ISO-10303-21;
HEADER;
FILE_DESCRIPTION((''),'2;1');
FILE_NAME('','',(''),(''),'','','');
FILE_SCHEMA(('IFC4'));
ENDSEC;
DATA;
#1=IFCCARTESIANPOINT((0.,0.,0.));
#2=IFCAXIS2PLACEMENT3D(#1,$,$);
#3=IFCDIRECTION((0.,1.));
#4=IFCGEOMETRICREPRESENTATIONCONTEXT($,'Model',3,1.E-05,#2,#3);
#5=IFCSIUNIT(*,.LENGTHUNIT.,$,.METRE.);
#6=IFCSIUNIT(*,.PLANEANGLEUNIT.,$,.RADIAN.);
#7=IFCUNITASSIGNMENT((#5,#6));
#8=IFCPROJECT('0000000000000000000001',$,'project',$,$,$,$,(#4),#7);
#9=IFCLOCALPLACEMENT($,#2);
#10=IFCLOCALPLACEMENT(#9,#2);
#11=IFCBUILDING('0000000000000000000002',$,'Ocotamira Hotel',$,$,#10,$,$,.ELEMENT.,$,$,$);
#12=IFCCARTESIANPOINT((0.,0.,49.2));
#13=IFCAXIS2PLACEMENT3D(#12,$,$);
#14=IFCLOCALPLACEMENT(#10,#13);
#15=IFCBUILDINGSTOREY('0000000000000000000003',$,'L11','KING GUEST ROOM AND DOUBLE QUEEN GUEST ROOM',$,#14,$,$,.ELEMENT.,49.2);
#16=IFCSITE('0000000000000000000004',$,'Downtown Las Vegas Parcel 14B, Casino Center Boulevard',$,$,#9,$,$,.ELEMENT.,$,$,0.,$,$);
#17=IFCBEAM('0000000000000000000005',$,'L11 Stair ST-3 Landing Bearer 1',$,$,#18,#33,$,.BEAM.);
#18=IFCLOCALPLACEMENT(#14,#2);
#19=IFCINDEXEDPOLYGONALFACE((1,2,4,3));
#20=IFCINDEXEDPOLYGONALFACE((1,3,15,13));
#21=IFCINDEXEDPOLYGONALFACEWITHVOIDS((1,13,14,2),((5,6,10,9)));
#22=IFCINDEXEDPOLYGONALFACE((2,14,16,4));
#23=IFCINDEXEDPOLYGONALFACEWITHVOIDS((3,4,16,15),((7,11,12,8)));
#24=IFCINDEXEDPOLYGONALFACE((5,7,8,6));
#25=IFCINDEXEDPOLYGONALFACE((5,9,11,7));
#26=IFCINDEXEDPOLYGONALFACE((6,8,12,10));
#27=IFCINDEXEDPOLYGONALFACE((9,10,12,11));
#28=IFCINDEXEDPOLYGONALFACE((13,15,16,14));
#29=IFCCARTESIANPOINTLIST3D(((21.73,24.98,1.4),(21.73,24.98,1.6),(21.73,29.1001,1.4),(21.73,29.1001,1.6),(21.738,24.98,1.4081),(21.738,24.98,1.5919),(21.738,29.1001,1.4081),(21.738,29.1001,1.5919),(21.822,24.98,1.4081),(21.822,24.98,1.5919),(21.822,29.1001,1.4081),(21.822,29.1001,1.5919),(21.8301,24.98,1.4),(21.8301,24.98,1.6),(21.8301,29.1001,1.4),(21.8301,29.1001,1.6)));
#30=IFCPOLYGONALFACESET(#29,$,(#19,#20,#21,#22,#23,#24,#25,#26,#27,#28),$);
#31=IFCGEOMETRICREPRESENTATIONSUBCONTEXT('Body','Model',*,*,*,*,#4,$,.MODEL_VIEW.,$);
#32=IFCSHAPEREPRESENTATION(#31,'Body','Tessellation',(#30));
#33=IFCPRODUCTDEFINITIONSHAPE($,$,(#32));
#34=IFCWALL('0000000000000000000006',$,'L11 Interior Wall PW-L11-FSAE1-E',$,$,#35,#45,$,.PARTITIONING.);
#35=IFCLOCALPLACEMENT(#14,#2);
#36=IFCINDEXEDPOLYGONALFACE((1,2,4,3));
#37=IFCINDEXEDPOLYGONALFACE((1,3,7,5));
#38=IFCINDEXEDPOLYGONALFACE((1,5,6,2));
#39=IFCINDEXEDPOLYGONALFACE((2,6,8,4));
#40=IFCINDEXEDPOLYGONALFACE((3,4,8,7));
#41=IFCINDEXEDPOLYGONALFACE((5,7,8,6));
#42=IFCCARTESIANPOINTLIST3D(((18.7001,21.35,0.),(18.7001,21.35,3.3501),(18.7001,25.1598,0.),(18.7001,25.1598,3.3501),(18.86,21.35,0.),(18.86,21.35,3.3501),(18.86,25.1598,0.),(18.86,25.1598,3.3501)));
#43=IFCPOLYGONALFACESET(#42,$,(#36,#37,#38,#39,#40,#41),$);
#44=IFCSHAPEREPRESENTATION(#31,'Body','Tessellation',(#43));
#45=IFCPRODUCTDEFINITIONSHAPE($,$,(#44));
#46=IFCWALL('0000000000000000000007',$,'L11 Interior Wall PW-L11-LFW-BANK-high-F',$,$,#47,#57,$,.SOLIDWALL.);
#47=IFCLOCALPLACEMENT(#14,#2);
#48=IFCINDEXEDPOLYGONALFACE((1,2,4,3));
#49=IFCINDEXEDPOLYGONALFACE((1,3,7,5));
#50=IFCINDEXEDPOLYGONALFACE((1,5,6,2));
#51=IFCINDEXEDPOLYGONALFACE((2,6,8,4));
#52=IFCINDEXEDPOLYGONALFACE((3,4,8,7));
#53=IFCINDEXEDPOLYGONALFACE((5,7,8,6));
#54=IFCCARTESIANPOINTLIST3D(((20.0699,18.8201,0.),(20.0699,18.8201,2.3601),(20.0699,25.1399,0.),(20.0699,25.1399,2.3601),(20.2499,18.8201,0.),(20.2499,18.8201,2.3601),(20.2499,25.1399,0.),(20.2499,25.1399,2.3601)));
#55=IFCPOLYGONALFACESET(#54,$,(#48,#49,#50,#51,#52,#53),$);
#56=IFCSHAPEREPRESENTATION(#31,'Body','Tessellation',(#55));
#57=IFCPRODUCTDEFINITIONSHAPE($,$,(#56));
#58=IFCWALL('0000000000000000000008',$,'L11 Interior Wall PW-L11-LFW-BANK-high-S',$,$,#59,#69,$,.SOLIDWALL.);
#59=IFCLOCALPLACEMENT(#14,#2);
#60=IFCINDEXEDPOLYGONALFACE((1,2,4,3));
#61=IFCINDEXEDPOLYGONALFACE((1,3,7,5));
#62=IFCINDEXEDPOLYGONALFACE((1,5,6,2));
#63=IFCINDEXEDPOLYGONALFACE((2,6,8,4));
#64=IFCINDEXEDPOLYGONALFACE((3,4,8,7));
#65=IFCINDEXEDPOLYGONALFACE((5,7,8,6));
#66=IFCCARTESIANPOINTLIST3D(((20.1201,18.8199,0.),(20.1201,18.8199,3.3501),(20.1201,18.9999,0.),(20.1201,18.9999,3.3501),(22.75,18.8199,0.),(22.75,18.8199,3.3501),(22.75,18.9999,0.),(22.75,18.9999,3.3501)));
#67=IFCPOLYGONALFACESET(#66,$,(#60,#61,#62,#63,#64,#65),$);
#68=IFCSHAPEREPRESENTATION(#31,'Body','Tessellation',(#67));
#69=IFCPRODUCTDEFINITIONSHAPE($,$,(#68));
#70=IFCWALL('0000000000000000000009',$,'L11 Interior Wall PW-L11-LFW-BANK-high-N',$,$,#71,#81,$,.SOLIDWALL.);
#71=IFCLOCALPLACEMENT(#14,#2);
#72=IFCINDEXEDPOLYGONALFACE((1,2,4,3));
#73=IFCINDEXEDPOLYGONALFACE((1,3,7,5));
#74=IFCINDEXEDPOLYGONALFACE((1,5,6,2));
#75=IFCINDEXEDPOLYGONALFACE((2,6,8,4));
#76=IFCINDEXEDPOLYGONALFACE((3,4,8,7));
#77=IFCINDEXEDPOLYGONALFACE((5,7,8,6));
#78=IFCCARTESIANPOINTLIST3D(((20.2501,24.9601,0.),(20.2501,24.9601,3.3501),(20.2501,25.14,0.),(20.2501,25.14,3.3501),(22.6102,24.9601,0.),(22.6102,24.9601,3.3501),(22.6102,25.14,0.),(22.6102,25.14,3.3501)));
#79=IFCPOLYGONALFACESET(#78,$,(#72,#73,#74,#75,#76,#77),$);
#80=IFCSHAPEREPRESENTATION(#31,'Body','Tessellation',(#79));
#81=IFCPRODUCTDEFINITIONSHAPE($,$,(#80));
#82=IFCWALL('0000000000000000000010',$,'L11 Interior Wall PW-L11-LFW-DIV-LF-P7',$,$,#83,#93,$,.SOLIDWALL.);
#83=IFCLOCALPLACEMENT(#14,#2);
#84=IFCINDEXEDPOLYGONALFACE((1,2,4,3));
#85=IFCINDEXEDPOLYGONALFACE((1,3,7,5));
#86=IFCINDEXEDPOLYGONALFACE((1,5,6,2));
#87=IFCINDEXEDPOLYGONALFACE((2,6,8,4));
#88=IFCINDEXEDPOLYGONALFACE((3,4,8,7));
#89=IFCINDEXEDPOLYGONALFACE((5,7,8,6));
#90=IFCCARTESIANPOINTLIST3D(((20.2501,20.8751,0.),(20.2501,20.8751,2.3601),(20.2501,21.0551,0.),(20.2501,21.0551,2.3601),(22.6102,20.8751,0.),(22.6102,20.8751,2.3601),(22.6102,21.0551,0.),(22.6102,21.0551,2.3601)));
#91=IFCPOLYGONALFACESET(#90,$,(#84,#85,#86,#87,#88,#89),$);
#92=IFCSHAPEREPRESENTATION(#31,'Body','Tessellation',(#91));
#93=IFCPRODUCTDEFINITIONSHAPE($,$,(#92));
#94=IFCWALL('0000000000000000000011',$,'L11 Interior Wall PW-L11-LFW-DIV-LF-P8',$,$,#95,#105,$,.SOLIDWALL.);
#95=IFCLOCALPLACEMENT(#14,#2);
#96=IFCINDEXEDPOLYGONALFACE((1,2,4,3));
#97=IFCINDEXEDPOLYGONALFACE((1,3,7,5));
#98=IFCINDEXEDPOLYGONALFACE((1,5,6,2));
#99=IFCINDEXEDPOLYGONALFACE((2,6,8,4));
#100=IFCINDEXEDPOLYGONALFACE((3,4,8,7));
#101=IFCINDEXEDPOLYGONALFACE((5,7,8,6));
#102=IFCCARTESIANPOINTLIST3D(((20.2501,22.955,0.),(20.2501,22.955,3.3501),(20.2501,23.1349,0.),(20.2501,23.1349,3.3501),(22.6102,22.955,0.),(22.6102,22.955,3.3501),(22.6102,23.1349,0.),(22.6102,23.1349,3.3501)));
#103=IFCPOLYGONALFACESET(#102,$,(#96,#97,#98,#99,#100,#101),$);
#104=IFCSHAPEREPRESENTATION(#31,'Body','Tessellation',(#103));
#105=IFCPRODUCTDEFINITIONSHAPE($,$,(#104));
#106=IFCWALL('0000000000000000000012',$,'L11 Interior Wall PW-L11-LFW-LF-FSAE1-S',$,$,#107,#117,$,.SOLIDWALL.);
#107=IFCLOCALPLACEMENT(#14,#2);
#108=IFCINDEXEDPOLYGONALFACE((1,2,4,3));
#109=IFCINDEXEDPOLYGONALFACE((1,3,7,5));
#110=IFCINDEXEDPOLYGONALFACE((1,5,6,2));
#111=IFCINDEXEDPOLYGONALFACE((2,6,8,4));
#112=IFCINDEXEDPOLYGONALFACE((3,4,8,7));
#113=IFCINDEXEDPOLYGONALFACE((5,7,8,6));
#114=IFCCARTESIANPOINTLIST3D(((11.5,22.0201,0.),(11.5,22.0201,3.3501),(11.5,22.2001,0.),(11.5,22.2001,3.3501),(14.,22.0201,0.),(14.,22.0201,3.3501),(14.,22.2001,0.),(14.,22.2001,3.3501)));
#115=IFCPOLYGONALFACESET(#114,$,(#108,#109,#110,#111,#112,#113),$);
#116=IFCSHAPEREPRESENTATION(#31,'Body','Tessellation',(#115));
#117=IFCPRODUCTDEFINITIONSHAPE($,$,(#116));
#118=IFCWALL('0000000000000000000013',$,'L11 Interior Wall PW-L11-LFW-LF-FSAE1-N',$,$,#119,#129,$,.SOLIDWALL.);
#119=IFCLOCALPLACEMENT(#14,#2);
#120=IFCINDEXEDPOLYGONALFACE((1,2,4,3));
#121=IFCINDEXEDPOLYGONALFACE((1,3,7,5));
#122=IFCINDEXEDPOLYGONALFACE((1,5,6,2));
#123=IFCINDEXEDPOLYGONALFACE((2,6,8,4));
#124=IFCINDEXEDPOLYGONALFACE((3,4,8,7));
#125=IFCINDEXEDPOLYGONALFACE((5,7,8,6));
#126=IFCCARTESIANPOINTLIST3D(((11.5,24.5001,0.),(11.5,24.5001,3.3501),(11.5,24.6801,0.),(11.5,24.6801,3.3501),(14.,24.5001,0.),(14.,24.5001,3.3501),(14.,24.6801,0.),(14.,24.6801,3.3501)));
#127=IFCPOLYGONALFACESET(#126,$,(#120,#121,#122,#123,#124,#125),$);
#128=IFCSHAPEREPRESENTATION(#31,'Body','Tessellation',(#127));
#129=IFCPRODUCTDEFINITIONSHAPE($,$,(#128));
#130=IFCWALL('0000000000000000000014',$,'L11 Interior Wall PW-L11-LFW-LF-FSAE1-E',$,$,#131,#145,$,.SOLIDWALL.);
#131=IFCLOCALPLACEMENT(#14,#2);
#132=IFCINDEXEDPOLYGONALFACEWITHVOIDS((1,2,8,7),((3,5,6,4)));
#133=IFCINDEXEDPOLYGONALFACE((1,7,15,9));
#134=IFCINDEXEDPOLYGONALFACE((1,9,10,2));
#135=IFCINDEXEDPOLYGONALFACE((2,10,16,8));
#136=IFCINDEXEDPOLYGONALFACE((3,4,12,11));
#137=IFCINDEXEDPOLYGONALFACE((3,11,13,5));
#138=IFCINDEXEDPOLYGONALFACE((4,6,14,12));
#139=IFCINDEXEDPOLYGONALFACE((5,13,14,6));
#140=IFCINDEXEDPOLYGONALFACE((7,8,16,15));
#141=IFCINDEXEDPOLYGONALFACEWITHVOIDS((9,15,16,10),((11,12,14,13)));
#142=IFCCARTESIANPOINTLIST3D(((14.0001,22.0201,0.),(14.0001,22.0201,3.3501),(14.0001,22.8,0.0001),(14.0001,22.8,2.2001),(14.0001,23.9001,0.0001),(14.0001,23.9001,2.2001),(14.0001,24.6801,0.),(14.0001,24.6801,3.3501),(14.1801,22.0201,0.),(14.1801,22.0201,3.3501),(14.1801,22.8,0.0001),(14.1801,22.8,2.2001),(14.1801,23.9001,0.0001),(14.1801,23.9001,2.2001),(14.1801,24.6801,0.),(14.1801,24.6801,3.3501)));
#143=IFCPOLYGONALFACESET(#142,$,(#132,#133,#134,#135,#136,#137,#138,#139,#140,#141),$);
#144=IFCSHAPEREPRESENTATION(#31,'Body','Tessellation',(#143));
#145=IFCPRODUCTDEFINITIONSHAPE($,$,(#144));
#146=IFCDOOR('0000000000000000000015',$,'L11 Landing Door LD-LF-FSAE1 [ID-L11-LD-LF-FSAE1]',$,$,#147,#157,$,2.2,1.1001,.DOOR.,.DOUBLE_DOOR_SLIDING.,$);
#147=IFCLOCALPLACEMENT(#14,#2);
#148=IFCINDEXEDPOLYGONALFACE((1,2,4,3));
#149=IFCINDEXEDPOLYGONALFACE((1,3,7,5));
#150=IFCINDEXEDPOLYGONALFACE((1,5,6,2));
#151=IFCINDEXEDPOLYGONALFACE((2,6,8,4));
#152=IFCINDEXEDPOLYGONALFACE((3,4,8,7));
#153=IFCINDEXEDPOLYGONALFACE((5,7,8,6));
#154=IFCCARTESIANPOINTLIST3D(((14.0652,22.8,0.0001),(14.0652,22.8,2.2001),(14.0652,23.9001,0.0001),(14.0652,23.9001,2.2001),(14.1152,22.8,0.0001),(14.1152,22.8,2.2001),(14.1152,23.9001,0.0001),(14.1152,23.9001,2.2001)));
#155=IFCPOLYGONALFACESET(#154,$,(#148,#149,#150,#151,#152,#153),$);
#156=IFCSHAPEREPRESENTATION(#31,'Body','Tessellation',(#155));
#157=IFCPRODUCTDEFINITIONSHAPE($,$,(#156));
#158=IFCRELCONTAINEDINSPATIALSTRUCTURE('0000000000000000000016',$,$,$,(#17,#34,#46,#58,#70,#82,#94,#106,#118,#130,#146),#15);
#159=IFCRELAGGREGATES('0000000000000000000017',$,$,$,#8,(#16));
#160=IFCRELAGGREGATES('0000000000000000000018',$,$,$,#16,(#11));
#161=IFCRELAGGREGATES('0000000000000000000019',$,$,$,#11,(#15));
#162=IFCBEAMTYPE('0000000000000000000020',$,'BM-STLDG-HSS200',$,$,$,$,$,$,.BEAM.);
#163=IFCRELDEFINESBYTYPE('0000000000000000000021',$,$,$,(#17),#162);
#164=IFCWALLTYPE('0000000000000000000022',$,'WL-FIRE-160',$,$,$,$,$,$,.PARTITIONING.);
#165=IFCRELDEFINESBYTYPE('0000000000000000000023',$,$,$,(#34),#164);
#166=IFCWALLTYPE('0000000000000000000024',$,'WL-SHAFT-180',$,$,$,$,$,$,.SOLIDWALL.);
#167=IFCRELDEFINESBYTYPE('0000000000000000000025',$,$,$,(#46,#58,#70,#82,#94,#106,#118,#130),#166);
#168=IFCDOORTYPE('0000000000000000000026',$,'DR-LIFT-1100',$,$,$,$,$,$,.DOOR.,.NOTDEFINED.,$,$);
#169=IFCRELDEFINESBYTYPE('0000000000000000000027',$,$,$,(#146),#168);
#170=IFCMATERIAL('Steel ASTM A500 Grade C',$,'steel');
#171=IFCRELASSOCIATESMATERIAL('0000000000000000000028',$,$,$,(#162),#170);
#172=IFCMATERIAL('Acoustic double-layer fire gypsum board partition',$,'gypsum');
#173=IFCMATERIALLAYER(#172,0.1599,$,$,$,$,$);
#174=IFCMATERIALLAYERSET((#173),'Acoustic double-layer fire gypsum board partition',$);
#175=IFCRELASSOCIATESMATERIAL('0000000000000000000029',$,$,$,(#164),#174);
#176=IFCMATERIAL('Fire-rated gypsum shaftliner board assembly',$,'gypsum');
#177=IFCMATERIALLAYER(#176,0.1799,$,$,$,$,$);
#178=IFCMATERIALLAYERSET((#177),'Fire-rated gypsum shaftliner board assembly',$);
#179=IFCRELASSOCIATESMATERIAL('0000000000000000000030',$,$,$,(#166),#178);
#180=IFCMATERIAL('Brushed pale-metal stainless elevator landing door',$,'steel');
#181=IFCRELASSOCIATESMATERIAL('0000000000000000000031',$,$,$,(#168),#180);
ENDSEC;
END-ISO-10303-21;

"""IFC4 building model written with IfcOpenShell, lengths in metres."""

from ifc_helpers import new_model, si_unit, direction, frame, frame_2d, origin, origin_2d, place, context, subcontext, project, spatial, rectangle, hollow_rectangle, extrude, source, transform, mapped, material, layer, layer_set, material_profile, profile_set, type_object, element, fill, save


model = new_model("IFC4")

# Units and contexts
model_context = context("Model", 3, precision=1e-05, world=origin(), true_north=direction((0.0, 1.0)))
body_context = subcontext(model_context, "Body", "Model", "MODEL_VIEW")
ifc_project = project(units=[si_unit("LENGTHUNIT", "METRE"), si_unit("PLANEANGLEUNIT", "RADIAN")], contexts=[model_context])

# Site, building, storey
site_placement = place(None, origin())
site = spatial("IfcSite", under=ifc_project, at=site_placement, Name="Downtown Las Vegas Parcel 14B, Casino Center Boulevard", CompositionType="ELEMENT", RefElevation=0.0)
building_placement = place(site_placement, origin())
building = spatial("IfcBuilding", under=site, at=building_placement, Name="Ocotamira Hotel", CompositionType="ELEMENT")
storey_placement = place(building_placement, frame((0.0, 0.0, 49.2)))
storey = spatial("IfcBuildingStorey", under=building, at=storey_placement, Name="L11", Description="KING GUEST ROOM AND DOUBLE QUEEN GUEST ROOM", CompositionType="ELEMENT", Elevation=49.2)

# Beam
ifc_material_1 = material(Name="Steel ASTM A500 Grade C", Category="steel")
ifc_material_profile = material_profile(ifc_material_1, hollow_rectangle(XDim=0.1001, YDim=0.2, WallThickness=0.0081, at=origin_2d()), Name="HSS200X100X8")
ifc_profile_set = profile_set([ifc_material_profile], Name="Steel ASTM A500 Grade C")
beam_type = type_object("IfcBeamType", Name="BM-STLDG-HSS200", PredefinedType="BEAM", material=ifc_profile_set)
shared_shape_1 = source(origin(), body_context, "Body", "SweptSolid", [
    extrude(hollow_rectangle(XDim=0.1001, YDim=0.2, WallThickness=0.0081, at=origin_2d()), origin(), (0.0, 0.0, 1.0), 4.1201),
])
beam_placement = place(storey_placement, frame((21.78, 24.98, 1.5), z_axis=(0.0, 1.0, 0.0), x_axis=(-1.0, 0.0, 0.0)))
element("IfcBeam", 1, at=beam_placement, inside=storey, type_object=beam_type, Name="L11 Stair ST-3 Landing Bearer 1", PredefinedType="BEAM", context=body_context, shape_type="MappedRepresentation", body=[
    mapped(shared_shape_1, transform((0.0, 0.0, 0.0), scale=1.0)),
])

# Shared definitions
ifc_material_2 = material(Name="Acoustic double-layer fire gypsum board partition", Category="gypsum")
ifc_layer_1 = layer(ifc_material_2, 0.1599)
ifc_layer_set_1 = layer_set([ifc_layer_1], Name="Acoustic double-layer fire gypsum board partition")
wall_type_1 = type_object("IfcWallType", Name="WL-FIRE-160", PredefinedType="PARTITIONING", material=ifc_layer_set_1)

# Walls
wall_1_placement = place(storey_placement, frame((18.78, 21.3501, 0.0), z_axis=(0.0, 0.0, 1.0), x_axis=(0.0, 1.0, 0.0)))
element("IfcWall", 2, at=wall_1_placement, inside=storey, type_object=wall_type_1, Name="L11 Interior Wall PW-L11-FSAE1-E", PredefinedType="PARTITIONING", context=body_context, shape_type="SweptSolid", body=[
    extrude(rectangle(XDim=3.8098, YDim=0.1599, at=frame_2d((1.9048, 0.0))), origin(), (0.0, 0.0, 1.0), 3.3501),
])
ifc_material_3 = material(Name="Fire-rated gypsum shaftliner board assembly", Category="gypsum")
ifc_layer_2 = layer(ifc_material_3, 0.1799)
ifc_layer_set_2 = layer_set([ifc_layer_2], Name="Fire-rated gypsum shaftliner board assembly")
wall_type_2 = type_object("IfcWallType", Name="WL-SHAFT-180", PredefinedType="SOLIDWALL", material=ifc_layer_set_2)
wall_2_placement = place(storey_placement, frame((20.1599, 18.8201, 0.0), z_axis=(0.0, 0.0, 1.0), x_axis=(0.0, 1.0, 0.0)))
element("IfcWall", 3, at=wall_2_placement, inside=storey, type_object=wall_type_2, Name="L11 Interior Wall PW-L11-LFW-BANK-high-F", PredefinedType="SOLIDWALL", context=body_context, shape_type="SweptSolid", body=[
    extrude(rectangle(XDim=6.3198, YDim=0.1799, at=frame_2d((3.1599, 0.0))), origin(), (0.0, 0.0, 1.0), 2.3601),
])
wall_3_placement = place(storey_placement, frame((20.1201, 18.9099, 0.0), z_axis=(0.0, 0.0, 1.0), x_axis=(1.0, 0.0, 0.0)))
element("IfcWall", 4, at=wall_3_placement, inside=storey, type_object=wall_type_2, Name="L11 Interior Wall PW-L11-LFW-BANK-high-S", PredefinedType="SOLIDWALL", context=body_context, shape_type="SweptSolid", body=[
    extrude(rectangle(XDim=2.6299, YDim=0.1799, at=frame_2d((1.3149, 0.0))), origin(), (0.0, 0.0, 1.0), 3.3501),
])
wall_4_placement = place(storey_placement, frame((20.25, 25.05, 0.0), z_axis=(0.0, 0.0, 1.0), x_axis=(1.0, 0.0, 0.0)))
element("IfcWall", 5, at=wall_4_placement, inside=storey, type_object=wall_type_2, Name="L11 Interior Wall PW-L11-LFW-BANK-high-N", PredefinedType="SOLIDWALL", context=body_context, shape_type="SweptSolid", body=[
    extrude(rectangle(XDim=2.3601, YDim=0.1799, at=frame_2d((1.1802, 0.0))), origin(), (0.0, 0.0, 1.0), 3.3501),
])
wall_5_placement = place(storey_placement, frame((20.25, 20.9651, 0.0), z_axis=(0.0, 0.0, 1.0), x_axis=(1.0, 0.0, 0.0)))
element("IfcWall", 6, at=wall_5_placement, inside=storey, type_object=wall_type_2, Name="L11 Interior Wall PW-L11-LFW-DIV-LF-P7", PredefinedType="SOLIDWALL", context=body_context, shape_type="SweptSolid", body=[
    extrude(rectangle(XDim=2.3601, YDim=0.1799, at=frame_2d((1.1802, 0.0))), origin(), (0.0, 0.0, 1.0), 2.3601),
])
wall_6_placement = place(storey_placement, frame((20.25, 23.0449, 0.0), z_axis=(0.0, 0.0, 1.0), x_axis=(1.0, 0.0, 0.0)))
element("IfcWall", 7, at=wall_6_placement, inside=storey, type_object=wall_type_2, Name="L11 Interior Wall PW-L11-LFW-DIV-LF-P8", PredefinedType="SOLIDWALL", context=body_context, shape_type="SweptSolid", body=[
    extrude(rectangle(XDim=2.3601, YDim=0.1799, at=frame_2d((1.1802, 0.0))), origin(), (0.0, 0.0, 1.0), 3.3501),
])
for number, where, z_axis, x_axis, name in (
    (8, (11.5, 22.1101, 0.0), (0.0, 0.0, 1.0), (1.0, 0.0, 0.0), "L11 Interior Wall PW-L11-LFW-LF-FSAE1-S"),
    (9, (11.5, 24.5901, 0.0), (0.0, 0.0, 1.0), (1.0, 0.0, 0.0), "L11 Interior Wall PW-L11-LFW-LF-FSAE1-N"),
):
    element("IfcWall", number, at=place(storey_placement, frame(where, z_axis=z_axis, x_axis=x_axis)), inside=storey, type_object=wall_type_2, Name=name, PredefinedType="SOLIDWALL", context=body_context, shape_type="SweptSolid", body=[
        extrude(rectangle(XDim=2.5, YDim=0.1799, at=frame_2d((1.25, 0.0))), origin(), (0.0, 0.0, 1.0), 3.3501),
    ])

# Wall, opening, door
wall_7_placement = place(storey_placement, frame((14.0901, 22.02, 0.0), z_axis=(0.0, 0.0, 1.0), x_axis=(0.0, 1.0, 0.0)))
wall_7 = element("IfcWall", 10, at=wall_7_placement, inside=storey, type_object=wall_type_2, Name="L11 Interior Wall PW-L11-LFW-LF-FSAE1-E", PredefinedType="SOLIDWALL", context=body_context, shape_type="SweptSolid", body=[
    extrude(rectangle(XDim=2.6599, YDim=0.1799, at=frame_2d((1.3301, 0.0))), origin(), (0.0, 0.0, 1.0), 3.3501),
])
opening_1_placement = place(wall_7_placement, frame((0.78, 0.0, 0.0)))
opening_1 = element("IfcOpeningElement", 11, at=opening_1_placement, cuts=wall_7, PredefinedType="OPENING", context=body_context, shape_type="SweptSolid", body=[
    extrude(rectangle(XDim=1.1001, YDim=2.2, at=frame_2d((0.55, 1.1001))), frame((0.0, 0.1001, 0.0), z_axis=(0.0, -1.0, 0.0), x_axis=(1.0, 0.0, 0.0)), (0.0, 0.0, 1.0), 0.2),
])
ifc_material_4 = material(Name="Brushed pale-metal stainless elevator landing door", Category="steel")
door_type_1 = type_object("IfcDoorType", Name="DR-LIFT-1100", OperationType="NOTDEFINED", PredefinedType="DOOR", material=ifc_material_4)
shared_shape_2 = source(origin(), body_context, "Body", "SweptSolid", [
    extrude(rectangle(XDim=1.1001, YDim=2.2, at=frame_2d((0.55, 1.1001))), frame((0.0, 0.0249, 0.0), z_axis=(0.0, -1.0, 0.0), x_axis=(1.0, 0.0, 0.0)), (0.0, 0.0, 1.0), 0.05),
])
door_1_placement = place(opening_1_placement, origin())
door_1 = element("IfcDoor", 12, at=door_1_placement, inside=storey, type_object=door_type_1, Name="L11 Landing Door LD-LF-FSAE1 [ID-L11-LD-LF-FSAE1]", OperationType="DOUBLE_DOOR_SLIDING", OverallHeight=2.2, OverallWidth=1.1001, PredefinedType="DOOR", context=body_context, shape_type="MappedRepresentation", body=[
    mapped(shared_shape_2, transform((0.0, 0.0, 0.0), scale=1.0)),
])
fill(opening_1, door_1)

save(model, "model.ifc")
